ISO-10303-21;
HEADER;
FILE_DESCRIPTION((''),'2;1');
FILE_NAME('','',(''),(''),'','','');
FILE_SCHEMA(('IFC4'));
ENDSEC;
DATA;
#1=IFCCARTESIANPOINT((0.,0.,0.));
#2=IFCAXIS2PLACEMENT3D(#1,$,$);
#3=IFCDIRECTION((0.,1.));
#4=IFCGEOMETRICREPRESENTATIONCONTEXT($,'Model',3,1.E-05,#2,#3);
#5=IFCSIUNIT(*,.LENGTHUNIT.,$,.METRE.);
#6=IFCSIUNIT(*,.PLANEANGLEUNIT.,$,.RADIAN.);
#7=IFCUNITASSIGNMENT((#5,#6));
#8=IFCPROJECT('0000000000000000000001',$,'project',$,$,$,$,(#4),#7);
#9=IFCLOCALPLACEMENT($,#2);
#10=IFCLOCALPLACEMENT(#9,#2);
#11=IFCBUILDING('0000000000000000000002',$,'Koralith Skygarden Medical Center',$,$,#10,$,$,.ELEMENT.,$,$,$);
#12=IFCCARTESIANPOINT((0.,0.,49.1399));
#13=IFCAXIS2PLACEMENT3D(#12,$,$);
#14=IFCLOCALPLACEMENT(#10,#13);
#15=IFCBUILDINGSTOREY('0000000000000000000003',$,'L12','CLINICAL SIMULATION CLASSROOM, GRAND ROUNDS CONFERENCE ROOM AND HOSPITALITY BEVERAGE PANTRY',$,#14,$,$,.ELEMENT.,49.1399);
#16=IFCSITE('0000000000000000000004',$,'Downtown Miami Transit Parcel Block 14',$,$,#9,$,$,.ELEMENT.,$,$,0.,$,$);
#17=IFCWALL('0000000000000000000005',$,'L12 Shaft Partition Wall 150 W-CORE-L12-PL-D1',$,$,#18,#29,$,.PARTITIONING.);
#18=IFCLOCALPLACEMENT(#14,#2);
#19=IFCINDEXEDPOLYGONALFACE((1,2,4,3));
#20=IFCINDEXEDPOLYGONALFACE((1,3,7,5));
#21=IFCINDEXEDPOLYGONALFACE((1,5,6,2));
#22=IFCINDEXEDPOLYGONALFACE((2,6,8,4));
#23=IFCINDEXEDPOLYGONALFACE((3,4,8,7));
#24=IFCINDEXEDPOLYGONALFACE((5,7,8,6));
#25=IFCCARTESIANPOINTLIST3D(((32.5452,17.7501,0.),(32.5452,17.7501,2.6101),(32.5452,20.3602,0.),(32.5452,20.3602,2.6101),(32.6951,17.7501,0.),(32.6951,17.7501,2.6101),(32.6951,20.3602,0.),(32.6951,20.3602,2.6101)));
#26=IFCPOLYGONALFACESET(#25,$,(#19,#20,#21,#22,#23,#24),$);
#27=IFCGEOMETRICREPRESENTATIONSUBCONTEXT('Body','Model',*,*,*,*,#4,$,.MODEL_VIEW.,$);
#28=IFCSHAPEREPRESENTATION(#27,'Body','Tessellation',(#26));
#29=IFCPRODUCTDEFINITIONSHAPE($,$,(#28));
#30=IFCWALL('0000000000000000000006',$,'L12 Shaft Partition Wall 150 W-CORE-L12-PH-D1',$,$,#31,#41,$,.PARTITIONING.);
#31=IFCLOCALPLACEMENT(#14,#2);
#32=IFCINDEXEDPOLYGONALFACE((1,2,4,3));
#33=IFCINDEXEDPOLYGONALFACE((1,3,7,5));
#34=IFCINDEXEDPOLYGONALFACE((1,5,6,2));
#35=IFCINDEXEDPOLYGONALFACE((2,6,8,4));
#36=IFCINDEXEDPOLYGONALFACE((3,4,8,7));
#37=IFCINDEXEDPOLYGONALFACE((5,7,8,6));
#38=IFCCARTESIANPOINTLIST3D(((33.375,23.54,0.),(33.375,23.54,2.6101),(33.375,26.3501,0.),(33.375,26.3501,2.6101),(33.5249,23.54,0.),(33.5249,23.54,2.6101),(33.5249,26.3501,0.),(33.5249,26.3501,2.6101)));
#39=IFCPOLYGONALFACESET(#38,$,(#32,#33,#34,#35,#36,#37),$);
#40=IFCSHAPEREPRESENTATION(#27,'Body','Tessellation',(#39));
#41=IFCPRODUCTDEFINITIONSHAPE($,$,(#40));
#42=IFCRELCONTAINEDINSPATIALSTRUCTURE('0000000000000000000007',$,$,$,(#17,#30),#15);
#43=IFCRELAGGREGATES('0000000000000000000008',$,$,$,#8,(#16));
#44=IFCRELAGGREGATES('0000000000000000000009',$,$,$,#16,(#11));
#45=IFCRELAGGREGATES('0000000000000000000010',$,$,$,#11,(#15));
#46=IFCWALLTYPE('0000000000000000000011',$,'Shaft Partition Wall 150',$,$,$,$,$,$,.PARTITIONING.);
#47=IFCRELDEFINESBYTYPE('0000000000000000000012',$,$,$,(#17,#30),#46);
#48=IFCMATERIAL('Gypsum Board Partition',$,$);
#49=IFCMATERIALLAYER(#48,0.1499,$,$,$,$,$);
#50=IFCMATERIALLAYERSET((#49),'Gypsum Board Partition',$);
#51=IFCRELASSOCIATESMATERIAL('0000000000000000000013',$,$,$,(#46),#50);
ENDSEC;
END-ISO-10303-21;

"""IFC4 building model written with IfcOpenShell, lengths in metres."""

from ifc_helpers import new_model, si_unit, direction, frame, frame_2d, origin, place, context, subcontext, project, spatial, rectangle, extrude, material, layer, layer_set, type_object, element, save


model = new_model("IFC4")

# Units and contexts
model_context = context("Model", 3, precision=1e-05, world=origin(), true_north=direction((0.0, 1.0)))
body_context = subcontext(model_context, "Body", "Model", "MODEL_VIEW")
ifc_project = project(units=[si_unit("LENGTHUNIT", "METRE"), si_unit("PLANEANGLEUNIT", "RADIAN")], contexts=[model_context])

# Site, building, storey
site_placement = place(None, origin())
site = spatial("IfcSite", under=ifc_project, at=site_placement, Name="Downtown Miami Transit Parcel Block 14", CompositionType="ELEMENT", RefElevation=0.0)
building_placement = place(site_placement, origin())
building = spatial("IfcBuilding", under=site, at=building_placement, Name="Koralith Skygarden Medical Center", CompositionType="ELEMENT")
storey_placement = place(building_placement, frame((0.0, 0.0, 49.1399)))
storey = spatial("IfcBuildingStorey", under=building, at=storey_placement, Name="L12", Description="CLINICAL SIMULATION CLASSROOM, GRAND ROUNDS CONFERENCE ROOM AND HOSPITALITY BEVERAGE PANTRY", CompositionType="ELEMENT", Elevation=49.1399)

# Shared definitions
ifc_material_1 = material(Name="Gypsum Board Partition")

# Walls
ifc_layer_1 = layer(ifc_material_1, 0.1499)
ifc_layer_set_1 = layer_set([ifc_layer_1], Name="Gypsum Board Partition")
wall_type_1 = type_object("IfcWallType", Name="Shaft Partition Wall 150", PredefinedType="PARTITIONING", material=ifc_layer_set_1)
wall_1_placement = place(storey_placement, frame((32.6201, 17.75, 0.0), z_axis=(0.0, 0.0, 1.0), x_axis=(0.0, 1.0, 0.0)))
element("IfcWall", 1, at=wall_1_placement, inside=storey, type_object=wall_type_1, Name="L12 Shaft Partition Wall 150 W-CORE-L12-PL-D1", PredefinedType="PARTITIONING", context=body_context, shape_type="SweptSolid", body=[
    extrude(rectangle(XDim=2.6101, YDim=0.1499, at=frame_2d((1.3052, 0.0))), origin(), (0.0, 0.0, 1.0), 2.6101),
])
wall_2_placement = place(storey_placement, frame((33.45, 23.54, 0.0), z_axis=(0.0, 0.0, 1.0), x_axis=(0.0, 1.0, 0.0)))
element("IfcWall", 2, at=wall_2_placement, inside=storey, type_object=wall_type_1, Name="L12 Shaft Partition Wall 150 W-CORE-L12-PH-D1", PredefinedType="PARTITIONING", context=body_context, shape_type="SweptSolid", body=[
    extrude(rectangle(XDim=2.8101, YDim=0.1499, at=frame_2d((1.405, 0.0))), origin(), (0.0, 0.0, 1.0), 2.6101),
])

save(model, "model.ifc")
